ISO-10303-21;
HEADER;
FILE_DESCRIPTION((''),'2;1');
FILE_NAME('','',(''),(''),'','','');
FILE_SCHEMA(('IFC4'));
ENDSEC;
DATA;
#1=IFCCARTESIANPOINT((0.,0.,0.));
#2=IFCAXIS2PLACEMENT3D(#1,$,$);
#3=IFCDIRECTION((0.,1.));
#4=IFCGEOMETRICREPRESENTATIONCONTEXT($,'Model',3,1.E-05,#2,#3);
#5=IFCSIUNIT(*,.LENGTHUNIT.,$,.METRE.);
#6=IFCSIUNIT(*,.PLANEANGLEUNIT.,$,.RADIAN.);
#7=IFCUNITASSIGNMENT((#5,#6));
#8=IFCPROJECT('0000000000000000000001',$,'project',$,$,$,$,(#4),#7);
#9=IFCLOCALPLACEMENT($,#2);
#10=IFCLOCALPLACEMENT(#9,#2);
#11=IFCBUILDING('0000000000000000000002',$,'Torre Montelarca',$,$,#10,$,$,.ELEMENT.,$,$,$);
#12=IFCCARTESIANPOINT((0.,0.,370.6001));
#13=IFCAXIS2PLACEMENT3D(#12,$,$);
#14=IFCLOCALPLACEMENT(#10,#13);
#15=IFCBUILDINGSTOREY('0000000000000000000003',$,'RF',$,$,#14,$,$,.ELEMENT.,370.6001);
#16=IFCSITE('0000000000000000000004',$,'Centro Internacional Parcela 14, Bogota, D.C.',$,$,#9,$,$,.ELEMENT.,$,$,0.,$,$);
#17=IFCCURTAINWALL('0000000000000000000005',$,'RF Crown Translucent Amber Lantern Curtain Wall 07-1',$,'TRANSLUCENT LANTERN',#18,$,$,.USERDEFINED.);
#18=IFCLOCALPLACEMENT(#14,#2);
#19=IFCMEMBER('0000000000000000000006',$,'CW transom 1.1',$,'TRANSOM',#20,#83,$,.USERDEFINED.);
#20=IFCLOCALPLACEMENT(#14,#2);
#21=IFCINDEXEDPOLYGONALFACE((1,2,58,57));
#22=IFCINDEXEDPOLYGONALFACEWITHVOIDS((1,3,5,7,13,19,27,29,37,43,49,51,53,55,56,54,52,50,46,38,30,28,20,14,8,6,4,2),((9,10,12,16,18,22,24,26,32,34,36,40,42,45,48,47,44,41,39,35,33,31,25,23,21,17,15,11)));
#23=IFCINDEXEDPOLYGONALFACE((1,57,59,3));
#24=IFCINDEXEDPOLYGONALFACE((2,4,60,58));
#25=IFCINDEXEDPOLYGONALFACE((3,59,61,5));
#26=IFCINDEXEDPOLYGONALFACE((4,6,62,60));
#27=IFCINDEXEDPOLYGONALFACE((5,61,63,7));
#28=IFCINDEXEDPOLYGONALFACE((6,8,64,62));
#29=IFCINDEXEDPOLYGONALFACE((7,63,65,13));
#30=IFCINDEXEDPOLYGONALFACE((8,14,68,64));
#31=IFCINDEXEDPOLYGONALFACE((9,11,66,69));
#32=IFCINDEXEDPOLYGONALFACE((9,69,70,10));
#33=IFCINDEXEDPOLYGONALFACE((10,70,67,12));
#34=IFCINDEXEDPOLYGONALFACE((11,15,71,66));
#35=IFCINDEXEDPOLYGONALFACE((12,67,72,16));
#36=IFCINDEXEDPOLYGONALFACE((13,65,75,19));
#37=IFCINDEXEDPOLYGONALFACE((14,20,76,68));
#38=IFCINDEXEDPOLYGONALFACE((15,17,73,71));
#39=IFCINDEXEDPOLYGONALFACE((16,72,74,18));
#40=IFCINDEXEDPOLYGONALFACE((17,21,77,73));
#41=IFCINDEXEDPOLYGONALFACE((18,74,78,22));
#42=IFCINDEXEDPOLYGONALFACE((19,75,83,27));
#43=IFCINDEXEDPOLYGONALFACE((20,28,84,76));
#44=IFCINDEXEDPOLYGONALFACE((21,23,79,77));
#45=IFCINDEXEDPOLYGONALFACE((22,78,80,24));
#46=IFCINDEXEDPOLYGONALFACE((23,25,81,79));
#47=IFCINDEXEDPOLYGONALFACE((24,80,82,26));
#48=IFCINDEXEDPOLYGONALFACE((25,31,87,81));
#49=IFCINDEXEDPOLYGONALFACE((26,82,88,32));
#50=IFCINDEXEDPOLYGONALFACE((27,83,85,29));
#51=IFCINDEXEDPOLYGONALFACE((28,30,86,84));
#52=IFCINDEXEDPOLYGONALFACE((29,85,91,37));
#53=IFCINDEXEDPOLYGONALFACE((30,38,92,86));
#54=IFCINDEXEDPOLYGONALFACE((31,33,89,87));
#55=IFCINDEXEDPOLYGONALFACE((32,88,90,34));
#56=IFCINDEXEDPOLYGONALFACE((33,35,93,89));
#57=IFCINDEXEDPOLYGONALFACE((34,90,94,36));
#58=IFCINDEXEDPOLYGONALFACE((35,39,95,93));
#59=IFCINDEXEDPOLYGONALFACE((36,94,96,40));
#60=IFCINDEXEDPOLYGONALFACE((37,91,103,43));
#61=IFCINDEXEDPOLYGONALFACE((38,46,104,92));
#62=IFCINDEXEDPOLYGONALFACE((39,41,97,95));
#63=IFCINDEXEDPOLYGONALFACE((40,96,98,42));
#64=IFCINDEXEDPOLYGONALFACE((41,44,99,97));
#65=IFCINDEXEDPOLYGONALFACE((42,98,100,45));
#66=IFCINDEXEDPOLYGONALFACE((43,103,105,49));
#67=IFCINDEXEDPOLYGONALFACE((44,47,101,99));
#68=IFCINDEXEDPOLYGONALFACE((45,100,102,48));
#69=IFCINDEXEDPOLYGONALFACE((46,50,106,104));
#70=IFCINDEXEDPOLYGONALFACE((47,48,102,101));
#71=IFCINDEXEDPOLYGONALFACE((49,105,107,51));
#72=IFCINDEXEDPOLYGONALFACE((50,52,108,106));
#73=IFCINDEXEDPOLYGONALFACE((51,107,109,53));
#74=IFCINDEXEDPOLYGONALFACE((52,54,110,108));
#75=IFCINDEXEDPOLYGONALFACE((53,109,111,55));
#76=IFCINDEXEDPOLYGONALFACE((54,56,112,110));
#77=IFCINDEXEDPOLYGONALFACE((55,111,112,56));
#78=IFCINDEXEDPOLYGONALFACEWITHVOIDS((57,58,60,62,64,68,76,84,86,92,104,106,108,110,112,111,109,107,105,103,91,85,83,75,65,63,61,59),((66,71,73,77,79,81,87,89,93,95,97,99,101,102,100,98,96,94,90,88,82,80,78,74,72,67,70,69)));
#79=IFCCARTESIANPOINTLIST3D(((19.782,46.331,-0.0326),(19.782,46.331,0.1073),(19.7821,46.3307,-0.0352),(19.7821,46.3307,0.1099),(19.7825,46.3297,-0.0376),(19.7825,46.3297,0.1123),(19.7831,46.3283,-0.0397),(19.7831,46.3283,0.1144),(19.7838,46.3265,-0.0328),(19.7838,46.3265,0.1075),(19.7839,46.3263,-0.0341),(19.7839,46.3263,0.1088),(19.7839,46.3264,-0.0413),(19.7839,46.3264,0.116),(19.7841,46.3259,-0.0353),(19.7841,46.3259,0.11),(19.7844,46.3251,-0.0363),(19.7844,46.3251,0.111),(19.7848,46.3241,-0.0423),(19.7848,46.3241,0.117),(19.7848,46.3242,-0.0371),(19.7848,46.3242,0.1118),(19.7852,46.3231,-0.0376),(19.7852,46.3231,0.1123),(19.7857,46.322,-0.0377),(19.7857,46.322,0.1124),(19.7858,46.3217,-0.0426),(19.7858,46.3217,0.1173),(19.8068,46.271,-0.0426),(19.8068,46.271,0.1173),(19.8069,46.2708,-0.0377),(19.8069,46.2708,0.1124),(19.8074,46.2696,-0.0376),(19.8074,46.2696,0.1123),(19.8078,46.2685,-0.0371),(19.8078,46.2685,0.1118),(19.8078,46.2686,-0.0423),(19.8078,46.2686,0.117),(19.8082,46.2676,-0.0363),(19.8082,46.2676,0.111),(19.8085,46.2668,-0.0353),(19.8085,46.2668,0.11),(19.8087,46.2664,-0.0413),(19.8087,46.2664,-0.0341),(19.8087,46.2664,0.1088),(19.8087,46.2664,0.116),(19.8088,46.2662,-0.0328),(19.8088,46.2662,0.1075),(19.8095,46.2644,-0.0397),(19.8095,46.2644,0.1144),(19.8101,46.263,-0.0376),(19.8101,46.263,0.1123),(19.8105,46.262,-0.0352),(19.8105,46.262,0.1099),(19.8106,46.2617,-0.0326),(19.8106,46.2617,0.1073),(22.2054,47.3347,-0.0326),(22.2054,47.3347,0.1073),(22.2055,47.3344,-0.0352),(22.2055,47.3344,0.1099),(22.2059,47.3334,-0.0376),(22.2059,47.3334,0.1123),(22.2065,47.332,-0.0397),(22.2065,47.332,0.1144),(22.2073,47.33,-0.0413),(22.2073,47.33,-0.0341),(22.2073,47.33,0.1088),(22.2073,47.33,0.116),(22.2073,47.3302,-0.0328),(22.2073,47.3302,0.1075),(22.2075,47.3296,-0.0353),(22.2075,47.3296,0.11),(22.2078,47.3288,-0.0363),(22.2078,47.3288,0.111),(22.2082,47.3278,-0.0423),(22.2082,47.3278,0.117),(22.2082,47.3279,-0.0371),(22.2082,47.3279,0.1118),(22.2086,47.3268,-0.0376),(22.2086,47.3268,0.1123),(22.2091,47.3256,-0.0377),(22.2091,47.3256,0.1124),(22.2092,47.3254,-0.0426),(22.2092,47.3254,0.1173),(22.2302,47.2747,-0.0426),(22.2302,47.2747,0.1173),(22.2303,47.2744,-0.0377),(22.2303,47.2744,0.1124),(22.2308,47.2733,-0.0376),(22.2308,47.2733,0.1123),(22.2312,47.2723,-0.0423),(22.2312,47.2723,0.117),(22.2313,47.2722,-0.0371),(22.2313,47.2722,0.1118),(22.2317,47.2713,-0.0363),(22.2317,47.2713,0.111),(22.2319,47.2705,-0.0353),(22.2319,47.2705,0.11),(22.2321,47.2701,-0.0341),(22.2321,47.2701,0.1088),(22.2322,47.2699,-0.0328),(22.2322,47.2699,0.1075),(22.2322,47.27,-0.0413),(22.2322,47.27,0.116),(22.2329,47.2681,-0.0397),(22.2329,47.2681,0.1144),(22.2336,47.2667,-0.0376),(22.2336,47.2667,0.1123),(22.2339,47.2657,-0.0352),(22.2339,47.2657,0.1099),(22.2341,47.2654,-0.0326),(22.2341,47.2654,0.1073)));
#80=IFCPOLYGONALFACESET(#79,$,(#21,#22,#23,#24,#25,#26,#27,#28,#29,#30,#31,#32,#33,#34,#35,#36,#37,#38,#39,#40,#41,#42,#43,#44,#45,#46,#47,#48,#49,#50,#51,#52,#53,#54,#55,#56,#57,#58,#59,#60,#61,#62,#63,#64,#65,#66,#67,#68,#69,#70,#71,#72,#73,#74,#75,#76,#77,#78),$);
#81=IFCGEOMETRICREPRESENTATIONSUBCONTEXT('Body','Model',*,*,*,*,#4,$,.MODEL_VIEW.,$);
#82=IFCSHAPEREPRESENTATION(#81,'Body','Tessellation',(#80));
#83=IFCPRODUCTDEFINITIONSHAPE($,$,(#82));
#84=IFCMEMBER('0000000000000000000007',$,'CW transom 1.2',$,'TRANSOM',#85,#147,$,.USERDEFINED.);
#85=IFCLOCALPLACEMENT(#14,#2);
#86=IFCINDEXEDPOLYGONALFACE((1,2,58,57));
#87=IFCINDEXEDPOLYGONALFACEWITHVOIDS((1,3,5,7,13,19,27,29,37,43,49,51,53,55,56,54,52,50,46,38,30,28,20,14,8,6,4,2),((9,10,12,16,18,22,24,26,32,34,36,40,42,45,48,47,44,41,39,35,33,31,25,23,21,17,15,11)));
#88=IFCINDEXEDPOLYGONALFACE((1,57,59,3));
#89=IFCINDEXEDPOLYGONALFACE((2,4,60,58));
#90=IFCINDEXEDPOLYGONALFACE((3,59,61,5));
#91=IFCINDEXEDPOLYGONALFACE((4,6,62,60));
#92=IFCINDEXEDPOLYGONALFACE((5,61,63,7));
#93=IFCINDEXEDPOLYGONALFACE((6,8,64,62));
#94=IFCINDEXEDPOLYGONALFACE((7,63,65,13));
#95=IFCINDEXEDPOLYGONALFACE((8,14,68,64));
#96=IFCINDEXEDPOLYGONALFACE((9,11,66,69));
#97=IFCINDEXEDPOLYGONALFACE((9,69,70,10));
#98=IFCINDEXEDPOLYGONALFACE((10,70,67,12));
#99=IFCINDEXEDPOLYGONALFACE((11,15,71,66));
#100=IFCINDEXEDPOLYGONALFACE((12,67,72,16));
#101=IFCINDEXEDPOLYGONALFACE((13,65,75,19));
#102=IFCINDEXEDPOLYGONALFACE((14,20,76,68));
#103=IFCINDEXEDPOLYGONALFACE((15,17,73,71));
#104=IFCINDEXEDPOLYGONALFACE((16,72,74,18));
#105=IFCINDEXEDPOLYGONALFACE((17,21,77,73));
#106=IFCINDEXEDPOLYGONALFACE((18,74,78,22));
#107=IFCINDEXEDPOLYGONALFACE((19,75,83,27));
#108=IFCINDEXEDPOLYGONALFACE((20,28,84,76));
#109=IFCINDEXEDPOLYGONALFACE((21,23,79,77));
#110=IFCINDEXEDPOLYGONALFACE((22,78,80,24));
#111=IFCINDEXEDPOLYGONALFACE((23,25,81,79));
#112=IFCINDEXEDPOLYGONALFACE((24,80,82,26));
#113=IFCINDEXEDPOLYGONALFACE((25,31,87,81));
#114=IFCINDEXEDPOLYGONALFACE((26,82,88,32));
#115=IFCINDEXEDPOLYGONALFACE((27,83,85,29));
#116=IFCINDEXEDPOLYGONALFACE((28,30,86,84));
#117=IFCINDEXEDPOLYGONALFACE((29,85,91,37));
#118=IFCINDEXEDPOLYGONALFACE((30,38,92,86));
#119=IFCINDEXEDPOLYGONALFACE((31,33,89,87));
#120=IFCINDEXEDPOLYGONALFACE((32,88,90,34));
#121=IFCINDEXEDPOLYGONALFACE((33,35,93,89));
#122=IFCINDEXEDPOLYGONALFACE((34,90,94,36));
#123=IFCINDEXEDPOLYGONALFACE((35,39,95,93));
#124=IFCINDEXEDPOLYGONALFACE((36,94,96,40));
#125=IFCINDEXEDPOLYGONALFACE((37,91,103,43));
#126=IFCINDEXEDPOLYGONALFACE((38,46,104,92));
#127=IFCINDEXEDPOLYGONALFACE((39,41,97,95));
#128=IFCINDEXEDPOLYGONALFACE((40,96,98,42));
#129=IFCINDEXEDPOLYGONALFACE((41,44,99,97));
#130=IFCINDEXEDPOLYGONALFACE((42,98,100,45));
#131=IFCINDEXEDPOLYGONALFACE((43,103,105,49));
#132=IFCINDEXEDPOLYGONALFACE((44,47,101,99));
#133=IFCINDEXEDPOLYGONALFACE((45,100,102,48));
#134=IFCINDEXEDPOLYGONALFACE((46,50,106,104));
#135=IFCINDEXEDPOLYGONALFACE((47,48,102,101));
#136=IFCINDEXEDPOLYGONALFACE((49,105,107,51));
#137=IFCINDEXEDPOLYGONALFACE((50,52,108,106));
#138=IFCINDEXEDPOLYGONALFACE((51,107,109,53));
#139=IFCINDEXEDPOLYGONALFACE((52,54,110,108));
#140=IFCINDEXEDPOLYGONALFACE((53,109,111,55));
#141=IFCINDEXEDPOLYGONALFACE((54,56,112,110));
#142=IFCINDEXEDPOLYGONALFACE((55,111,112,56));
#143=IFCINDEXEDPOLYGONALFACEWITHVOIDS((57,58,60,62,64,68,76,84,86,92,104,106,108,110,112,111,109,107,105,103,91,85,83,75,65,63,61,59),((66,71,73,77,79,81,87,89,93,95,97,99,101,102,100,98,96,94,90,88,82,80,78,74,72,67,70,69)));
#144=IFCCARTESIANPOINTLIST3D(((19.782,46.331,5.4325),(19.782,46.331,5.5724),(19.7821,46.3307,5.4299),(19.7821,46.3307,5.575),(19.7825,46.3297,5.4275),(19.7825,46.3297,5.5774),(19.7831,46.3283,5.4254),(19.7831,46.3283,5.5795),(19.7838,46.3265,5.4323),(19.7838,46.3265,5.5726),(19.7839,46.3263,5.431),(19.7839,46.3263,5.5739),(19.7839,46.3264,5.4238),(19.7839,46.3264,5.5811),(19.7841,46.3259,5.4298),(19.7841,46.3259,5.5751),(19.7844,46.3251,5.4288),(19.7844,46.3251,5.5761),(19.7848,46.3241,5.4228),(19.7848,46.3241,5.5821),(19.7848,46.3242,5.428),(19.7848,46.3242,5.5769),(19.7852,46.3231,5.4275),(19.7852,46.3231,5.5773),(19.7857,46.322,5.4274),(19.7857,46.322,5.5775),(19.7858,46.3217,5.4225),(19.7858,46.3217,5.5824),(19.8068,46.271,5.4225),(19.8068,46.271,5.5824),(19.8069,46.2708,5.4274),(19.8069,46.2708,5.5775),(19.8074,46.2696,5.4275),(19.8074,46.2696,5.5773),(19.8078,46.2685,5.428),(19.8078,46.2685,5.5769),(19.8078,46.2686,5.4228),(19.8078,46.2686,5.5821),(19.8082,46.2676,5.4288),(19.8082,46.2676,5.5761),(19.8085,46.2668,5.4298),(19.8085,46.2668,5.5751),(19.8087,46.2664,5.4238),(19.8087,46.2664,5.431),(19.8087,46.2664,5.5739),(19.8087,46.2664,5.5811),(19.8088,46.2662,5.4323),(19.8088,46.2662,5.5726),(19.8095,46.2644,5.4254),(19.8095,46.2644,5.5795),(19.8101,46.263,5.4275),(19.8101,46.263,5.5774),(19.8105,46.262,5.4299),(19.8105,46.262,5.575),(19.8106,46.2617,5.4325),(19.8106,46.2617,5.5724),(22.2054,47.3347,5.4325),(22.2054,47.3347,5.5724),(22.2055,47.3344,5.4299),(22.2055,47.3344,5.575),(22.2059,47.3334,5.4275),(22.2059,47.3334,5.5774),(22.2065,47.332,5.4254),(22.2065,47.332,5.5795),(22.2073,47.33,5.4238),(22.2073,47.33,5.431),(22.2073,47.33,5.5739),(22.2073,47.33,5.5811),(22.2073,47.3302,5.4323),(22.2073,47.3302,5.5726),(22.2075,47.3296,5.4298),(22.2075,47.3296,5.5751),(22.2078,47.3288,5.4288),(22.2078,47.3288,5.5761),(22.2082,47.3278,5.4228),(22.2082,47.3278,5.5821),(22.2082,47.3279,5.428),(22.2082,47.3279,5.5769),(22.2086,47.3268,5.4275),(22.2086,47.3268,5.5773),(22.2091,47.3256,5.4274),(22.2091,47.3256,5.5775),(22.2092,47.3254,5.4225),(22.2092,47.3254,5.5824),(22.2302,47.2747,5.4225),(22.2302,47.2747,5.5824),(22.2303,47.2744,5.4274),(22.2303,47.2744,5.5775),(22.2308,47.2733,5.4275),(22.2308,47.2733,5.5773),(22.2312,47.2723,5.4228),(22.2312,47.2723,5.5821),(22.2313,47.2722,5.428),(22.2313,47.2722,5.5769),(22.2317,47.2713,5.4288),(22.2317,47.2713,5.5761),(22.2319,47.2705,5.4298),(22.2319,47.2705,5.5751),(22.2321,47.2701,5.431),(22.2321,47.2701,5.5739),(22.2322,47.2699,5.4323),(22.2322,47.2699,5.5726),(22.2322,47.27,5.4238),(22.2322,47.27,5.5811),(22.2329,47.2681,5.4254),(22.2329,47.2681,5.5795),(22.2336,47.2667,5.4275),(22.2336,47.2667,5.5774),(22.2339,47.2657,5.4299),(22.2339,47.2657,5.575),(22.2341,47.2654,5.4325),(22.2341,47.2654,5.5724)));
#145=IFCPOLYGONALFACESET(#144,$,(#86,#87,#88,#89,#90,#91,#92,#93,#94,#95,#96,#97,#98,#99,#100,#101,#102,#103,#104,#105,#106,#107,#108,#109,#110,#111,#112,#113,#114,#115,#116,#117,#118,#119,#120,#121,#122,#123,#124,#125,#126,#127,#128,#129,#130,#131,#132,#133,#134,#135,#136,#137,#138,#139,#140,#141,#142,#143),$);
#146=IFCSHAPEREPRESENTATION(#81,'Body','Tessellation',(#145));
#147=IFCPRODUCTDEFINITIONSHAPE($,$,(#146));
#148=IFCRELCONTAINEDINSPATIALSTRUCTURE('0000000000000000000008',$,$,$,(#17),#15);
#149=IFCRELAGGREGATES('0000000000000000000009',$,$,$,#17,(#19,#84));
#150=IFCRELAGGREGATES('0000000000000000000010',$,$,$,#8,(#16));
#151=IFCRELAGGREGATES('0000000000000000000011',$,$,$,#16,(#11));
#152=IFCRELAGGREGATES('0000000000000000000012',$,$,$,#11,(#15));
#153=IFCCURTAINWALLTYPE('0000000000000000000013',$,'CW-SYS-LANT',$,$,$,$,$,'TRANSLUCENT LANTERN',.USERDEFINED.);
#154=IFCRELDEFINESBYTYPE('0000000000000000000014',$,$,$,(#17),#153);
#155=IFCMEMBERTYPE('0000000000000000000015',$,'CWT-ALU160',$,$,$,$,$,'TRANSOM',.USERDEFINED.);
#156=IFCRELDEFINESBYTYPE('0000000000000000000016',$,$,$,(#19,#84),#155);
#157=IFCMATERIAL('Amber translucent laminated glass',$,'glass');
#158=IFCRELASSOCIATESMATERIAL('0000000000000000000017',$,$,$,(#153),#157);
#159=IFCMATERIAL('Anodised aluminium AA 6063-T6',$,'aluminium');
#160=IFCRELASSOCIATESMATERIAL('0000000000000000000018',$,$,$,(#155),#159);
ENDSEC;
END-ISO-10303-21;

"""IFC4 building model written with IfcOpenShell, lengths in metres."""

from ifc_helpers import new_model, si_unit, direction, frame, origin, origin_2d, place, context, subcontext, project, spatial, hollow_rectangle, extrude, source, transform, mapped, material, material_profile, profile_set, type_object, element, aggregate, save


model = new_model("IFC4")

# Units and contexts
model_context = context("Model", 3, precision=1e-05, world=origin(), true_north=direction((0.0, 1.0)))
body_context = subcontext(model_context, "Body", "Model", "MODEL_VIEW")
ifc_project = project(units=[si_unit("LENGTHUNIT", "METRE"), si_unit("PLANEANGLEUNIT", "RADIAN")], contexts=[model_context])

# Site, building, storey
site_placement = place(None, origin())
site = spatial("IfcSite", under=ifc_project, at=site_placement, Name="Centro Internacional Parcela 14, Bogota, D.C.", CompositionType="ELEMENT", RefElevation=0.0)
building_placement = place(site_placement, origin())
building = spatial("IfcBuilding", under=site, at=building_placement, Name="Torre Montelarca", CompositionType="ELEMENT")
storey_placement = place(building_placement, frame((0.0, 0.0, 370.6001)))
storey = spatial("IfcBuildingStorey", under=building, at=storey_placement, Name="RF", CompositionType="ELEMENT", Elevation=370.6001)

# Curtain wall, members
ifc_material_1 = material(Name="Amber translucent laminated glass", Category="glass")
curtain_wall_type = type_object("IfcCurtainWallType", Name="CW-SYS-LANT", ElementType="TRANSLUCENT LANTERN", PredefinedType="USERDEFINED", material=ifc_material_1)
curtain_wall_placement = place(storey_placement, origin())
curtain_wall = element("IfcCurtainWall", 1, at=curtain_wall_placement, inside=storey, type_object=curtain_wall_type, Name="RF Crown Translucent Amber Lantern Curtain Wall 07-1", ObjectType="TRANSLUCENT LANTERN", PredefinedType="USERDEFINED")
ifc_material_2 = material(Name="Anodised aluminium AA 6063-T6", Category="aluminium")
ifc_material_profile_1 = material_profile(ifc_material_2, hollow_rectangle(XDim=0.075, YDim=0.1599, WallThickness=0.0049, InnerFilletRadius=0.0049, OuterFilletRadius=0.01, at=origin_2d()), Name="ALU75X160X5", Category="aluminium")
ifc_profile_set_1 = profile_set([ifc_material_profile_1], Name="Anodised aluminium AA 6063-T6")
member_type_1 = type_object("IfcMemberType", Name="CWT-ALU160", ElementType="TRANSOM", PredefinedType="USERDEFINED", material=ifc_profile_set_1)
shared_shape_1 = source(origin(), body_context, "Body", "SweptSolid", [
    extrude(hollow_rectangle(XDim=0.075, YDim=0.1599, WallThickness=0.0049, InnerFilletRadius=0.0049, OuterFilletRadius=0.01, at=origin_2d()), origin(), (0.0, 0.0, 1.0), 2.623),
])
member_1_placement = place(storey_placement, frame((22.2197, 47.3, 0.0374), z_axis=(-0.923895, -0.382645, 0.0), x_axis=(0.382645, -0.923895, 0.0)))
member_1 = element("IfcMember", 2, at=member_1_placement, type_object=member_type_1, Name="CW transom 1.1", ObjectType="TRANSOM", PredefinedType="USERDEFINED", context=body_context, shape_type="MappedRepresentation", body=[
    mapped(shared_shape_1, transform((0.0, 0.0, 0.0), scale=1.0)),
])
member_2_placement = place(storey_placement, frame((22.2197, 47.3, 5.5024), z_axis=(-0.923895, -0.382645, 0.0), x_axis=(0.382645, -0.923895, 0.0)))
member_2 = element("IfcMember", 3, at=member_2_placement, type_object=member_type_1, Name="CW transom 1.2", ObjectType="TRANSOM", PredefinedType="USERDEFINED", context=body_context, shape_type="MappedRepresentation", body=[
    mapped(shared_shape_1, transform((0.0, 0.0, 0.0), scale=1.0)),
])

aggregate(curtain_wall, [member_1, member_2])

save(model, "model.ifc")
